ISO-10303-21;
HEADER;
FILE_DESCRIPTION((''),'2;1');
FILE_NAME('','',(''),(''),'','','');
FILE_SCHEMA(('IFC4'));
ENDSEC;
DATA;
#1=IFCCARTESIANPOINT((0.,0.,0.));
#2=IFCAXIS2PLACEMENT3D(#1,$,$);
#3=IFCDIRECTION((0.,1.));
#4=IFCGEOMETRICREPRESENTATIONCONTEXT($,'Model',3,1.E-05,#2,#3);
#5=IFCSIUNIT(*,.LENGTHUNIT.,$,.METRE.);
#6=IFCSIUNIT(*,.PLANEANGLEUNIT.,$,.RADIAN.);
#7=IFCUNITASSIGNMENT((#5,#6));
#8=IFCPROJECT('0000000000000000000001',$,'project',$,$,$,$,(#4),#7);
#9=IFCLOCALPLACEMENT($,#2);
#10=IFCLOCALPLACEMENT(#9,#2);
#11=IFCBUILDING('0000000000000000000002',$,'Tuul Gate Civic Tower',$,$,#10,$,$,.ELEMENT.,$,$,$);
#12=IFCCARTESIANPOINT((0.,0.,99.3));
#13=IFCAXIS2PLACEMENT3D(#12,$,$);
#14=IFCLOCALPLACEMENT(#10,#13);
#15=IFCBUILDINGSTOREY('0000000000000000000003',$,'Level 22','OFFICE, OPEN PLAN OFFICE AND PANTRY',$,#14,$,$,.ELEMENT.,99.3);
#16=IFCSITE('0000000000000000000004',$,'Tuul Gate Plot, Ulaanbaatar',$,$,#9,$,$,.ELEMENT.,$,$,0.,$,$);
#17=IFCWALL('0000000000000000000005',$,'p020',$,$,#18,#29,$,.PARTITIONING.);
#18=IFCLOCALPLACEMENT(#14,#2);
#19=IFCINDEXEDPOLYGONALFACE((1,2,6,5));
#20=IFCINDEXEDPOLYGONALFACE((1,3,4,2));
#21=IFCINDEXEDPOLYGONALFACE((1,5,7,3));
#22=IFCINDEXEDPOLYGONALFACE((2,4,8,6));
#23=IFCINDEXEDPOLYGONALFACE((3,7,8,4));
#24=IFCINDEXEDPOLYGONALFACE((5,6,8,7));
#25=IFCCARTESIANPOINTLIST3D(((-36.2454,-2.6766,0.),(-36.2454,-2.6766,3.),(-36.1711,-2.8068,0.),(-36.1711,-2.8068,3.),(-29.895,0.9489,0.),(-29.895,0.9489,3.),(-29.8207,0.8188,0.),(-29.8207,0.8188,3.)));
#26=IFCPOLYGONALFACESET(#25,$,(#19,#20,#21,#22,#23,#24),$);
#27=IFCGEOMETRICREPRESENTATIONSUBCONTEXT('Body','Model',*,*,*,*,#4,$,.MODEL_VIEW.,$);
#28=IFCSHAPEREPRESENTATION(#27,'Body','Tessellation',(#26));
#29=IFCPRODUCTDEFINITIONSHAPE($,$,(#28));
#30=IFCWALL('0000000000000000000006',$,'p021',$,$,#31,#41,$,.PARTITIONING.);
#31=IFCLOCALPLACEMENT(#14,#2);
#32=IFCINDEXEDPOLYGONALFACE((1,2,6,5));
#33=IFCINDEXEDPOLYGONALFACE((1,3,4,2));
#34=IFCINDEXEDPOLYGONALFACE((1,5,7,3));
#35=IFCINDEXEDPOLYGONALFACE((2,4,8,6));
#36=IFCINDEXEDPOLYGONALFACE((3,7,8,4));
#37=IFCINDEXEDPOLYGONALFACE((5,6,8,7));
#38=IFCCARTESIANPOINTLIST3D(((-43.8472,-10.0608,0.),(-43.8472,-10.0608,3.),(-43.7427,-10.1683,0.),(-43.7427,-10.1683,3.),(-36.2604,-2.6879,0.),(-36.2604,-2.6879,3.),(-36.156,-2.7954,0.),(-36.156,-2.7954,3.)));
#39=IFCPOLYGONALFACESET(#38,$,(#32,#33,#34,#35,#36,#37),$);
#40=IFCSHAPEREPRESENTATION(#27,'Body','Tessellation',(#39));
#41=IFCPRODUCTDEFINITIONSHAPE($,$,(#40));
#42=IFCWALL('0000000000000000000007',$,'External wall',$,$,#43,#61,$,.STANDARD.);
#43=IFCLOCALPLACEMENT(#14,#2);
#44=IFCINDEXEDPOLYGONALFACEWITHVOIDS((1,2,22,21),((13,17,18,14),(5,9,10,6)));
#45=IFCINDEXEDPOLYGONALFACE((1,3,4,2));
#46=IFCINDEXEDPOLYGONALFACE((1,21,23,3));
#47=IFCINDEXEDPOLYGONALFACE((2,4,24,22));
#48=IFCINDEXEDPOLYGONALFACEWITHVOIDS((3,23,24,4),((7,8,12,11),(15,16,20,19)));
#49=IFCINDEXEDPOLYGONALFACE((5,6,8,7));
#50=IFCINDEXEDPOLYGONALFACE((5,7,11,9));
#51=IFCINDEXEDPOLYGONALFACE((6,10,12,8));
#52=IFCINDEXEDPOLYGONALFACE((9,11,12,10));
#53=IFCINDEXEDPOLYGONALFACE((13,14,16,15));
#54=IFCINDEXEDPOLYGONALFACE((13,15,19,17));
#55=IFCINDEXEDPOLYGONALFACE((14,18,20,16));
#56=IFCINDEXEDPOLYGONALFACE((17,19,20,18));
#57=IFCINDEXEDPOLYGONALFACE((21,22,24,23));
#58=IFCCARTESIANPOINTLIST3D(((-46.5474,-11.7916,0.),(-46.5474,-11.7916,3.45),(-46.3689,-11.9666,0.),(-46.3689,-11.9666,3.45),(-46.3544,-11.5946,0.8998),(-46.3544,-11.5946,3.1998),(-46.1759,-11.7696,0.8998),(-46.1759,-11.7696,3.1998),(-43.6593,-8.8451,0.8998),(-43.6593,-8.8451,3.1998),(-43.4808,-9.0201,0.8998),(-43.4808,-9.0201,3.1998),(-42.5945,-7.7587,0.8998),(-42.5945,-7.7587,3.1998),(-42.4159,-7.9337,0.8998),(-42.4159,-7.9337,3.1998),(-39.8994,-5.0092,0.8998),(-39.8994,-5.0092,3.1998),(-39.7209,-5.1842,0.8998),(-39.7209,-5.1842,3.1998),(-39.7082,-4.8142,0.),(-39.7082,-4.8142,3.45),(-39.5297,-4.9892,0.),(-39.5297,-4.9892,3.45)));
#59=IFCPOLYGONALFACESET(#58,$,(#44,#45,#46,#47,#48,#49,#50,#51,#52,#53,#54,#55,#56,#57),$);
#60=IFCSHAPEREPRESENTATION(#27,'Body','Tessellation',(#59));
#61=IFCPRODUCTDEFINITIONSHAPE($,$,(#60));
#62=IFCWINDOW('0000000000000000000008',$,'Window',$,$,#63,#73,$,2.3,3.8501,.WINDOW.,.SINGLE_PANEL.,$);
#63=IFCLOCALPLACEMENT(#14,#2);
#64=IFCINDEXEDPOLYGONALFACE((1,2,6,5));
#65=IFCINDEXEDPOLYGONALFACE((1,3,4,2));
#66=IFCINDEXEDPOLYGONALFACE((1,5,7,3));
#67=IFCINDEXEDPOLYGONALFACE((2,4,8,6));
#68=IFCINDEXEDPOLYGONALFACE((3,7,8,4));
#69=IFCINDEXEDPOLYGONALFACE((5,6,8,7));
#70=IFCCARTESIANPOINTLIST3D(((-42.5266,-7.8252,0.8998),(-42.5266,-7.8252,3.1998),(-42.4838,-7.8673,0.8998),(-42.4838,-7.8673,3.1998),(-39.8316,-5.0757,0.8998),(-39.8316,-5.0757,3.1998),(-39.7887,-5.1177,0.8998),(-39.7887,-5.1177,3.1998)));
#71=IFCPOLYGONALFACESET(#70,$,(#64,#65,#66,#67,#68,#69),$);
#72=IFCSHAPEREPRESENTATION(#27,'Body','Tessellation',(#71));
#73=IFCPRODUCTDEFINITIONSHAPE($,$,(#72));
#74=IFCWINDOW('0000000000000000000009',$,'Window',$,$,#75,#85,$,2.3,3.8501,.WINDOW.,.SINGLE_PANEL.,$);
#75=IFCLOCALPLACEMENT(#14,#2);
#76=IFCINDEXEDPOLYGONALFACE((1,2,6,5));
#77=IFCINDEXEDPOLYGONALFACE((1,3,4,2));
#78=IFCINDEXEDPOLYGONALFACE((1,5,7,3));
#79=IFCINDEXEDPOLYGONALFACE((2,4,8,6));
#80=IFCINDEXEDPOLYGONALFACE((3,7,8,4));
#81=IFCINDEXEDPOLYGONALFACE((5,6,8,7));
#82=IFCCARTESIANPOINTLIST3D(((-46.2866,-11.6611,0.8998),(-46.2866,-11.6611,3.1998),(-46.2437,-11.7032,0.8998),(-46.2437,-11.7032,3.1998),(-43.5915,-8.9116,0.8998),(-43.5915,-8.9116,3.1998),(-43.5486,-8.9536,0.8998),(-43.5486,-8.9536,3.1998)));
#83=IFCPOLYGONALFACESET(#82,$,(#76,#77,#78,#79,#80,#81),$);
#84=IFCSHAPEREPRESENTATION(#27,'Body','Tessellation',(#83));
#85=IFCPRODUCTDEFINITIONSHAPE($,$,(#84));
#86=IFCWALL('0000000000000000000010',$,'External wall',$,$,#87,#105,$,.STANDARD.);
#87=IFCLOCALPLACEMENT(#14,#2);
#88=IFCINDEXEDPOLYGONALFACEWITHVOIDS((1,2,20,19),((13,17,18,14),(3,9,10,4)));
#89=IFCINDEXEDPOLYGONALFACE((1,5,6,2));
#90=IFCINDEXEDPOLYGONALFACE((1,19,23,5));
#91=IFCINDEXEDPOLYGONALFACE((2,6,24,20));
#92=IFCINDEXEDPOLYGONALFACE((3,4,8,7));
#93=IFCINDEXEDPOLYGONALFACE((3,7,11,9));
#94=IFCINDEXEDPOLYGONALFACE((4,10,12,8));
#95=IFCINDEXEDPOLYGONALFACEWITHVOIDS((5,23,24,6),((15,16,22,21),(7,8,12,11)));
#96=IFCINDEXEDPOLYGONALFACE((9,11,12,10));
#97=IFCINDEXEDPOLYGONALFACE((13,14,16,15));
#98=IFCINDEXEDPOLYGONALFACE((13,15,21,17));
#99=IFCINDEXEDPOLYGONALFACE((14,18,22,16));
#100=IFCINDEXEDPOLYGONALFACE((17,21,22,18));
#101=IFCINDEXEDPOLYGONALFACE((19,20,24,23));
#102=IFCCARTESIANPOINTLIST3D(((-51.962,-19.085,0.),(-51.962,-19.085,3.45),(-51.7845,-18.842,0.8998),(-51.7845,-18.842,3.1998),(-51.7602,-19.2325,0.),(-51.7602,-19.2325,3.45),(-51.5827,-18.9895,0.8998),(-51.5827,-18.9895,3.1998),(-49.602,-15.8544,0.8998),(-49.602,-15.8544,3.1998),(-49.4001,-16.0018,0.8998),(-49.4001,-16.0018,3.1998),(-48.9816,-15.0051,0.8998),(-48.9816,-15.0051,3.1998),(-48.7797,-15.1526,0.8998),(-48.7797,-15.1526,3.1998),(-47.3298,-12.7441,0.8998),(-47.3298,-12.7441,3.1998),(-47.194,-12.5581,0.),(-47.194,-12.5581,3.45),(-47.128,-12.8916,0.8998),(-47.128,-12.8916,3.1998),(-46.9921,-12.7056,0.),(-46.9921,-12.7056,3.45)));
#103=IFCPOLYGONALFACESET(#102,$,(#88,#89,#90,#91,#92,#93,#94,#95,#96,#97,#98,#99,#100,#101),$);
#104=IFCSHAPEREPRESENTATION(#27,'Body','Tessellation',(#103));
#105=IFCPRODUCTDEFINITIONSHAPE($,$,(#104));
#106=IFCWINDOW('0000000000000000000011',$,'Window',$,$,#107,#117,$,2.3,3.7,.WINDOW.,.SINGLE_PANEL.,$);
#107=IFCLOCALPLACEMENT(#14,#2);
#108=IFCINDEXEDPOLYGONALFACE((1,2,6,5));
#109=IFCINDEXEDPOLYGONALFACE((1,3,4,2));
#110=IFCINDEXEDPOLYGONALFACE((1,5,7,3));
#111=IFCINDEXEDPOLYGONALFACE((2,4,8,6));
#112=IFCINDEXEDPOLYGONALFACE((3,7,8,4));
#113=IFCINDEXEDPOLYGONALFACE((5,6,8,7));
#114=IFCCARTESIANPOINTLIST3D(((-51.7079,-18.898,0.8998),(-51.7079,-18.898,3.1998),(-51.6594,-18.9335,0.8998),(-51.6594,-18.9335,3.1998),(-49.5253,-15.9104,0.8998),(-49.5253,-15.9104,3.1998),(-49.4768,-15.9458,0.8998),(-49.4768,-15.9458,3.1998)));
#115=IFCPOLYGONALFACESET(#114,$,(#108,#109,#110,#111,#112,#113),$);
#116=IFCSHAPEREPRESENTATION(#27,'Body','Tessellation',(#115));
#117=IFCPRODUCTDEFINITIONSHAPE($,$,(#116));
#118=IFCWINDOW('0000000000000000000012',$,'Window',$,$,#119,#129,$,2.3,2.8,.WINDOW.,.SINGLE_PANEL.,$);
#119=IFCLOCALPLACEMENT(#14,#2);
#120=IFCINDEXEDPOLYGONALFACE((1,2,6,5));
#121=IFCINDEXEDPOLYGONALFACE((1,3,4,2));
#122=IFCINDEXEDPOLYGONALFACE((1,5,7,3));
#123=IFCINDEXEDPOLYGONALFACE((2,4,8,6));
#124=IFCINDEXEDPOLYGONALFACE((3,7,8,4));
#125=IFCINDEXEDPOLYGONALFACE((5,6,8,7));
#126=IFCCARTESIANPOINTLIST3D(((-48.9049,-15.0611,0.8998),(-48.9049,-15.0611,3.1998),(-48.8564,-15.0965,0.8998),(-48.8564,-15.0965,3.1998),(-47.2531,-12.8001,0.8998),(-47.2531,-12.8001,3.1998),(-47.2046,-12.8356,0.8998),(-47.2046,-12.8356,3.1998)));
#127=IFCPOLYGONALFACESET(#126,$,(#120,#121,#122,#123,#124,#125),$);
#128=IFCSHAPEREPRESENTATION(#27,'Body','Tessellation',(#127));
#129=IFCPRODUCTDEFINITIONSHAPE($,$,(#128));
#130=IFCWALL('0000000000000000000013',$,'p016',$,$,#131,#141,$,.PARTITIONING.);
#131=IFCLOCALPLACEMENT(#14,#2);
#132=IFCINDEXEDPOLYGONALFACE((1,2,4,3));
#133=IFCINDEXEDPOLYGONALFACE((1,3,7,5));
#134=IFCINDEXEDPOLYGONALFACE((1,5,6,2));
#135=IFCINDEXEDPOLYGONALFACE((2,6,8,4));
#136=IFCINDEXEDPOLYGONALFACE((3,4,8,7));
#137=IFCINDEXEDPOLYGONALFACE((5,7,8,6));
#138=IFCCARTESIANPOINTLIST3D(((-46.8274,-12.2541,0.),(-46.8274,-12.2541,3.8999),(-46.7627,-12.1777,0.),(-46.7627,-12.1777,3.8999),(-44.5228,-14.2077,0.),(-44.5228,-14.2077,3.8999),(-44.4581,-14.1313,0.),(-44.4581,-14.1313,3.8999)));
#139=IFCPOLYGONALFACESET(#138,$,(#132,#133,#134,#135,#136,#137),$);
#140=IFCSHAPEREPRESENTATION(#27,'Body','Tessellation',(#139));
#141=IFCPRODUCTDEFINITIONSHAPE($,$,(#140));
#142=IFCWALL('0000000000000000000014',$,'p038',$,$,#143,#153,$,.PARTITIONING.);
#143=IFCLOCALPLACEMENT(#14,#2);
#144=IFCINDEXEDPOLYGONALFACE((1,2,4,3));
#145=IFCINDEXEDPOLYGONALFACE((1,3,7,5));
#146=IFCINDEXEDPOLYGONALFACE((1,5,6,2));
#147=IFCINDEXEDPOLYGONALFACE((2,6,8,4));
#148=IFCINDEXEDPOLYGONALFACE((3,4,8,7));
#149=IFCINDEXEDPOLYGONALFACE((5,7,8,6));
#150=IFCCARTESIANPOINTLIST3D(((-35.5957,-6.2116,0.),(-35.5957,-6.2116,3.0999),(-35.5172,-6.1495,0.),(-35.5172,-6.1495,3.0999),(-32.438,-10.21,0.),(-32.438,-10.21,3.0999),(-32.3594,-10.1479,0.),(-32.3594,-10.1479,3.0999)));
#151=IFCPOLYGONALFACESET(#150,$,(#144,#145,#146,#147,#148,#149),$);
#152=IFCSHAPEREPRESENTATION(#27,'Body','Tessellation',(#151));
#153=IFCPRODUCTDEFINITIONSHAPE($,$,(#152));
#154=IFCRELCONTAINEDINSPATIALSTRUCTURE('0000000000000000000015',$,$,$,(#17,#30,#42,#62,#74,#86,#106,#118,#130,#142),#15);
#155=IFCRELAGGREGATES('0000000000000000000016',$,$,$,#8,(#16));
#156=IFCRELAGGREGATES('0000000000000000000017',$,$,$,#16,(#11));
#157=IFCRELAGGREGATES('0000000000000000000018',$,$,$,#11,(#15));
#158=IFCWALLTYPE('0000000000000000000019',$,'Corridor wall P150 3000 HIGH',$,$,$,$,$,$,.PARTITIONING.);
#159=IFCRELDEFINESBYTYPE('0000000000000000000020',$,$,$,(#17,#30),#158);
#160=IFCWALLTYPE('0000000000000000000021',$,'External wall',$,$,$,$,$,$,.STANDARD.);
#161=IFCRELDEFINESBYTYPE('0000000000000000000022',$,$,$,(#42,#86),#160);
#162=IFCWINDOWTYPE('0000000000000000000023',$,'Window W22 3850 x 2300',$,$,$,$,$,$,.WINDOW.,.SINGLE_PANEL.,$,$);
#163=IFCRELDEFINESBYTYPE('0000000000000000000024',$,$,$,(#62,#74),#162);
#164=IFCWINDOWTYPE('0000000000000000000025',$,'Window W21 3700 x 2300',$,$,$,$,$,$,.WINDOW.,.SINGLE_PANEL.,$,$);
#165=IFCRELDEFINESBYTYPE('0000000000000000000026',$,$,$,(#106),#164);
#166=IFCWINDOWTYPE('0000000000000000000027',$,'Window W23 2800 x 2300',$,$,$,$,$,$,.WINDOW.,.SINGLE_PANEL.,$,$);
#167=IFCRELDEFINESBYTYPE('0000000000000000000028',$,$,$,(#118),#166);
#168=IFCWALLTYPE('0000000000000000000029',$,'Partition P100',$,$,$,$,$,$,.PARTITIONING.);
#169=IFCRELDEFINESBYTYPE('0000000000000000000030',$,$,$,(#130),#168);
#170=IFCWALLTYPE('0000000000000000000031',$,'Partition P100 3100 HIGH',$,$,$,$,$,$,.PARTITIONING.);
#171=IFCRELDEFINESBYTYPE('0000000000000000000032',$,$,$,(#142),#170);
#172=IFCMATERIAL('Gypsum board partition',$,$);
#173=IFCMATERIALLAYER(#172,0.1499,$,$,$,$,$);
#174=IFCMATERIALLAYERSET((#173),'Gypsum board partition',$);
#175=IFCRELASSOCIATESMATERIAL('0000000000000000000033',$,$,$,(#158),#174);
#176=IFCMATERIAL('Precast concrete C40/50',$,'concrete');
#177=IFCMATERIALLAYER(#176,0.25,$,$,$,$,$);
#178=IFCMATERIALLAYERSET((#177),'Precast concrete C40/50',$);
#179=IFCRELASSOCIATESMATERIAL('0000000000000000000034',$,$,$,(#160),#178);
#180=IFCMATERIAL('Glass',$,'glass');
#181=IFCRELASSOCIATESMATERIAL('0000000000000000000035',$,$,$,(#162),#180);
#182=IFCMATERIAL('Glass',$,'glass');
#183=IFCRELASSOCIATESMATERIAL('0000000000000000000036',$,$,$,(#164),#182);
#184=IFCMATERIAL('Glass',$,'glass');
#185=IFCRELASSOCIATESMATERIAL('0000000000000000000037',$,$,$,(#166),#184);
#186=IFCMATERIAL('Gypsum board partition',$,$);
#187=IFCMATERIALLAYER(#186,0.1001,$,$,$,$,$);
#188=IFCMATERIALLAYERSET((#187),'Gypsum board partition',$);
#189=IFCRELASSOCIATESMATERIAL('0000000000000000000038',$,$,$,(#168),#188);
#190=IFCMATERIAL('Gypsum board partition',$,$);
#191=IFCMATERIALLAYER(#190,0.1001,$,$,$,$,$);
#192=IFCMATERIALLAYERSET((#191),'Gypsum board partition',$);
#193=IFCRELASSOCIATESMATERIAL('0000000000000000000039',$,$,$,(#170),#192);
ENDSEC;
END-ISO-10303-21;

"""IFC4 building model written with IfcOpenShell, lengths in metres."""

from ifc_helpers import new_model, si_unit, direction, frame, frame_2d, origin, place, context, subcontext, project, spatial, rectangle, extrude, material, layer, layer_set, type_object, element, fill, save


model = new_model("IFC4")

# Units and contexts
model_context = context("Model", 3, precision=1e-05, world=origin(), true_north=direction((0.0, 1.0)))
body_context = subcontext(model_context, "Body", "Model", "MODEL_VIEW")
ifc_project = project(units=[si_unit("LENGTHUNIT", "METRE"), si_unit("PLANEANGLEUNIT", "RADIAN")], contexts=[model_context])

# Site, building, storey
site_placement = place(None, origin())
site = spatial("IfcSite", under=ifc_project, at=site_placement, Name="Tuul Gate Plot, Ulaanbaatar", CompositionType="ELEMENT", RefElevation=0.0)
building_placement = place(site_placement, origin())
building = spatial("IfcBuilding", under=site, at=building_placement, Name="Tuul Gate Civic Tower", CompositionType="ELEMENT")
storey_placement = place(building_placement, frame((0.0, 0.0, 99.3)))
storey = spatial("IfcBuildingStorey", under=building, at=storey_placement, Name="Level 22", Description="OFFICE, OPEN PLAN OFFICE AND PANTRY", CompositionType="ELEMENT", Elevation=99.3)

# Walls
ifc_material_1 = material(Name="Gypsum board partition")
ifc_layer_1 = layer(ifc_material_1, 0.1499)
ifc_layer_set_1 = layer_set([ifc_layer_1], Name="Gypsum board partition")
wall_type_1 = type_object("IfcWallType", Name="Corridor wall P150 3000 HIGH", PredefinedType="PARTITIONING", material=ifc_layer_set_1)
wall_1_placement = place(storey_placement, frame((-36.2083, -2.7417, 0.0), z_axis=(0.0, 0.0, 1.0), x_axis=(0.868436, 0.495801, 0.0)))
element("IfcWall", 1, at=wall_1_placement, inside=storey, type_object=wall_type_1, Name="p020", PredefinedType="PARTITIONING", context=body_context, shape_type="SweptSolid", body=[
    extrude(rectangle(XDim=7.3125, YDim=0.1499, at=frame_2d((3.6562, 0.0))), origin(), (0.0, 0.0, 1.0), 3.0),
])
wall_2_placement = place(storey_placement, frame((-43.7949, -10.1145, 0.0), z_axis=(0.0, 0.0, 1.0), x_axis=(0.717143, 0.696926, 0.0)))
element("IfcWall", 2, at=wall_2_placement, inside=storey, type_object=wall_type_1, Name="p021", PredefinedType="PARTITIONING", context=body_context, shape_type="SweptSolid", body=[
    extrude(rectangle(XDim=10.5791, YDim=0.1499, at=frame_2d((5.2896, 0.0))), origin(), (0.0, 0.0, 1.0), 3.0),
])

# Walls, openings, windows
ifc_material_2 = material(Name="Precast concrete C40/50", Category="concrete")
ifc_layer_2 = layer(ifc_material_2, 0.25)
ifc_layer_set_2 = layer_set([ifc_layer_2], Name="Precast concrete C40/50")
wall_type_2 = type_object("IfcWallType", Name="External wall", PredefinedType="STANDARD", material=ifc_layer_set_2)
wall_3_placement = place(storey_placement, frame((-39.6189, -4.9016, 0.0), z_axis=(0.0, 0.0, 1.0), x_axis=(-0.7, -0.714143, 0.0)))
wall_3 = element("IfcWall", 3, at=wall_3_placement, inside=storey, type_object=wall_type_2, Name="External wall", PredefinedType="STANDARD", context=body_context, shape_type="SweptSolid", body=[
    extrude(rectangle(XDim=9.7703, YDim=0.25, at=frame_2d((4.8853, 0.0))), origin(), (0.0, 0.0, 1.0), 3.45),
])
opening_1_placement = place(wall_3_placement, frame((0.2732, 0.0, 0.8999)))
opening_1 = element("IfcOpeningElement", 4, at=opening_1_placement, cuts=wall_3, PredefinedType="OPENING", context=body_context, shape_type="SweptSolid", body=[
    extrude(rectangle(XDim=3.8501, YDim=2.3, at=frame_2d((1.925, 1.1499))), frame((0.0, 0.135, 0.0), z_axis=(0.0, -1.0, 0.0), x_axis=(1.0, 0.0, 0.0)), (0.0, 0.0, 1.0), 0.27),
])
opening_2_placement = place(wall_3_placement, frame((5.6445, 0.0, 0.8999)))
opening_2 = element("IfcOpeningElement", 5, at=opening_2_placement, cuts=wall_3, PredefinedType="OPENING", context=body_context, shape_type="SweptSolid", body=[
    extrude(rectangle(XDim=3.8501, YDim=2.3, at=frame_2d((1.925, 1.1499))), frame((0.0, 0.135, 0.0), z_axis=(0.0, -1.0, 0.0), x_axis=(1.0, 0.0, 0.0)), (0.0, 0.0, 1.0), 0.27),
])
ifc_material_3 = material(Name="Glass", Category="glass")
window_type_1 = type_object("IfcWindowType", Name="Window W22 3850 x 2300", PartitioningType="SINGLE_PANEL", PredefinedType="WINDOW", material=ifc_material_3)
window_1_placement = place(opening_1_placement, origin())
window_1 = element("IfcWindow", 6, at=window_1_placement, inside=storey, type_object=window_type_1, Name="Window", OverallHeight=2.3, OverallWidth=3.8501, PartitioningType="SINGLE_PANEL", PredefinedType="WINDOW", context=body_context, shape_type="SweptSolid", body=[
    extrude(rectangle(XDim=3.8501, YDim=2.3, at=frame_2d((1.925, 1.1499))), frame((0.0, 0.03, 0.0), z_axis=(0.0, -1.0, 0.0), x_axis=(1.0, 0.0, 0.0)), (0.0, 0.0, 1.0), 0.0601),
])
fill(opening_1, window_1)
window_2_placement = place(opening_2_placement, origin())
window_2 = element("IfcWindow", 7, at=window_2_placement, inside=storey, type_object=window_type_1, Name="Window", OverallHeight=2.3, OverallWidth=3.8501, PartitioningType="SINGLE_PANEL", PredefinedType="WINDOW", context=body_context, shape_type="SweptSolid", body=[
    extrude(rectangle(XDim=3.8501, YDim=2.3, at=frame_2d((1.925, 1.1499))), frame((0.0, 0.03, 0.0), z_axis=(0.0, -1.0, 0.0), x_axis=(1.0, 0.0, 0.0)), (0.0, 0.0, 1.0), 0.0601),
])
fill(opening_2, window_2)
wall_4_placement = place(storey_placement, frame((-47.093, -12.6318, 0.0), z_axis=(0.0, 0.0, 1.0), x_axis=(-0.589891, -0.807483, 0.0)))
wall_4 = element("IfcWall", 8, at=wall_4_placement, inside=storey, type_object=wall_type_2, Name="External wall", PredefinedType="STANDARD", context=body_context, shape_type="SweptSolid", body=[
    extrude(rectangle(XDim=8.083, YDim=0.25, at=frame_2d((4.0415, 0.0))), origin(), (0.0, 0.0, 1.0), 3.45),
])
opening_3_placement = place(wall_4_placement, frame((0.2305, 0.0, 0.8999)))
opening_3 = element("IfcOpeningElement", 9, at=opening_3_placement, cuts=wall_4, PredefinedType="OPENING", context=body_context, shape_type="SweptSolid", body=[
    extrude(rectangle(XDim=2.8, YDim=2.3, at=frame_2d((1.3999, 1.1499))), frame((0.0, 0.135, 0.0), z_axis=(0.0, -1.0, 0.0), x_axis=(1.0, 0.0, 0.0)), (0.0, 0.0, 1.0), 0.27),
])
opening_4_placement = place(wall_4_placement, frame((4.082, 0.0, 0.8999)))
opening_4 = element("IfcOpeningElement", 10, at=opening_4_placement, cuts=wall_4, PredefinedType="OPENING", context=body_context, shape_type="SweptSolid", body=[
    extrude(rectangle(XDim=3.7, YDim=2.3, at=frame_2d((1.8501, 1.1499))), frame((0.0, 0.135, 0.0), z_axis=(0.0, -1.0, 0.0), x_axis=(1.0, 0.0, 0.0)), (0.0, 0.0, 1.0), 0.27),
])
ifc_material_4 = material(Name="Glass", Category="glass")
window_type_2 = type_object("IfcWindowType", Name="Window W21 3700 x 2300", PartitioningType="SINGLE_PANEL", PredefinedType="WINDOW", material=ifc_material_4)
window_3_placement = place(opening_4_placement, origin())
window_3 = element("IfcWindow", 11, at=window_3_placement, inside=storey, type_object=window_type_2, Name="Window", OverallHeight=2.3, OverallWidth=3.7, PartitioningType="SINGLE_PANEL", PredefinedType="WINDOW", context=body_context, shape_type="SweptSolid", body=[
    extrude(rectangle(XDim=3.7, YDim=2.3, at=frame_2d((1.8501, 1.1499))), frame((0.0, 0.03, 0.0), z_axis=(0.0, -1.0, 0.0), x_axis=(1.0, 0.0, 0.0)), (0.0, 0.0, 1.0), 0.0601),
])
fill(opening_4, window_3)
ifc_material_5 = material(Name="Glass", Category="glass")
window_type_3 = type_object("IfcWindowType", Name="Window W23 2800 x 2300", PartitioningType="SINGLE_PANEL", PredefinedType="WINDOW", material=ifc_material_5)
window_4_placement = place(opening_3_placement, origin())
window_4 = element("IfcWindow", 12, at=window_4_placement, inside=storey, type_object=window_type_3, Name="Window", OverallHeight=2.3, OverallWidth=2.8, PartitioningType="SINGLE_PANEL", PredefinedType="WINDOW", context=body_context, shape_type="SweptSolid", body=[
    extrude(rectangle(XDim=2.8, YDim=2.3, at=frame_2d((1.3999, 1.1499))), frame((0.0, 0.03, 0.0), z_axis=(0.0, -1.0, 0.0), x_axis=(1.0, 0.0, 0.0)), (0.0, 0.0, 1.0), 0.0601),
])
fill(opening_3, window_4)

# Walls
ifc_material_6 = material(Name="Gypsum board partition")
ifc_layer_3 = layer(ifc_material_6, 0.1001)
ifc_layer_set_3 = layer_set([ifc_layer_3], Name="Gypsum board partition")
wall_type_3 = type_object("IfcWallType", Name="Partition P100", PredefinedType="PARTITIONING", material=ifc_layer_set_3)
wall_5_placement = place(storey_placement, frame((-46.7952, -12.2158, 0.0), z_axis=(0.0, 0.0, 1.0), x_axis=(0.762816, -0.646616, 0.0)))
element("IfcWall", 13, at=wall_5_placement, inside=storey, type_object=wall_type_3, Name="p016", PredefinedType="PARTITIONING", context=body_context, shape_type="SweptSolid", body=[
    extrude(rectangle(XDim=3.0212, YDim=0.1001, at=frame_2d((1.5107, 0.0))), origin(), (0.0, 0.0, 1.0), 3.8999),
])
ifc_material_7 = material(Name="Gypsum board partition")
ifc_layer_4 = layer(ifc_material_7, 0.1001)
ifc_layer_set_4 = layer_set([ifc_layer_4], Name="Gypsum board partition")
wall_type_4 = type_object("IfcWallType", Name="Partition P100 3100 HIGH", PredefinedType="PARTITIONING", material=ifc_layer_set_4)
wall_6_placement = place(storey_placement, frame((-35.5564, -6.1807, 0.0), z_axis=(0.0, 0.0, 1.0), x_axis=(0.619786, -0.784771, 0.0)))
element("IfcWall", 14, at=wall_6_placement, inside=storey, type_object=wall_type_4, Name="p038", PredefinedType="PARTITIONING", context=body_context, shape_type="SweptSolid", body=[
    extrude(rectangle(XDim=5.095, YDim=0.1001, at=frame_2d((2.5474, 0.0))), origin(), (0.0, 0.0, 1.0), 3.0999),
])

save(model, "model.ifc")
